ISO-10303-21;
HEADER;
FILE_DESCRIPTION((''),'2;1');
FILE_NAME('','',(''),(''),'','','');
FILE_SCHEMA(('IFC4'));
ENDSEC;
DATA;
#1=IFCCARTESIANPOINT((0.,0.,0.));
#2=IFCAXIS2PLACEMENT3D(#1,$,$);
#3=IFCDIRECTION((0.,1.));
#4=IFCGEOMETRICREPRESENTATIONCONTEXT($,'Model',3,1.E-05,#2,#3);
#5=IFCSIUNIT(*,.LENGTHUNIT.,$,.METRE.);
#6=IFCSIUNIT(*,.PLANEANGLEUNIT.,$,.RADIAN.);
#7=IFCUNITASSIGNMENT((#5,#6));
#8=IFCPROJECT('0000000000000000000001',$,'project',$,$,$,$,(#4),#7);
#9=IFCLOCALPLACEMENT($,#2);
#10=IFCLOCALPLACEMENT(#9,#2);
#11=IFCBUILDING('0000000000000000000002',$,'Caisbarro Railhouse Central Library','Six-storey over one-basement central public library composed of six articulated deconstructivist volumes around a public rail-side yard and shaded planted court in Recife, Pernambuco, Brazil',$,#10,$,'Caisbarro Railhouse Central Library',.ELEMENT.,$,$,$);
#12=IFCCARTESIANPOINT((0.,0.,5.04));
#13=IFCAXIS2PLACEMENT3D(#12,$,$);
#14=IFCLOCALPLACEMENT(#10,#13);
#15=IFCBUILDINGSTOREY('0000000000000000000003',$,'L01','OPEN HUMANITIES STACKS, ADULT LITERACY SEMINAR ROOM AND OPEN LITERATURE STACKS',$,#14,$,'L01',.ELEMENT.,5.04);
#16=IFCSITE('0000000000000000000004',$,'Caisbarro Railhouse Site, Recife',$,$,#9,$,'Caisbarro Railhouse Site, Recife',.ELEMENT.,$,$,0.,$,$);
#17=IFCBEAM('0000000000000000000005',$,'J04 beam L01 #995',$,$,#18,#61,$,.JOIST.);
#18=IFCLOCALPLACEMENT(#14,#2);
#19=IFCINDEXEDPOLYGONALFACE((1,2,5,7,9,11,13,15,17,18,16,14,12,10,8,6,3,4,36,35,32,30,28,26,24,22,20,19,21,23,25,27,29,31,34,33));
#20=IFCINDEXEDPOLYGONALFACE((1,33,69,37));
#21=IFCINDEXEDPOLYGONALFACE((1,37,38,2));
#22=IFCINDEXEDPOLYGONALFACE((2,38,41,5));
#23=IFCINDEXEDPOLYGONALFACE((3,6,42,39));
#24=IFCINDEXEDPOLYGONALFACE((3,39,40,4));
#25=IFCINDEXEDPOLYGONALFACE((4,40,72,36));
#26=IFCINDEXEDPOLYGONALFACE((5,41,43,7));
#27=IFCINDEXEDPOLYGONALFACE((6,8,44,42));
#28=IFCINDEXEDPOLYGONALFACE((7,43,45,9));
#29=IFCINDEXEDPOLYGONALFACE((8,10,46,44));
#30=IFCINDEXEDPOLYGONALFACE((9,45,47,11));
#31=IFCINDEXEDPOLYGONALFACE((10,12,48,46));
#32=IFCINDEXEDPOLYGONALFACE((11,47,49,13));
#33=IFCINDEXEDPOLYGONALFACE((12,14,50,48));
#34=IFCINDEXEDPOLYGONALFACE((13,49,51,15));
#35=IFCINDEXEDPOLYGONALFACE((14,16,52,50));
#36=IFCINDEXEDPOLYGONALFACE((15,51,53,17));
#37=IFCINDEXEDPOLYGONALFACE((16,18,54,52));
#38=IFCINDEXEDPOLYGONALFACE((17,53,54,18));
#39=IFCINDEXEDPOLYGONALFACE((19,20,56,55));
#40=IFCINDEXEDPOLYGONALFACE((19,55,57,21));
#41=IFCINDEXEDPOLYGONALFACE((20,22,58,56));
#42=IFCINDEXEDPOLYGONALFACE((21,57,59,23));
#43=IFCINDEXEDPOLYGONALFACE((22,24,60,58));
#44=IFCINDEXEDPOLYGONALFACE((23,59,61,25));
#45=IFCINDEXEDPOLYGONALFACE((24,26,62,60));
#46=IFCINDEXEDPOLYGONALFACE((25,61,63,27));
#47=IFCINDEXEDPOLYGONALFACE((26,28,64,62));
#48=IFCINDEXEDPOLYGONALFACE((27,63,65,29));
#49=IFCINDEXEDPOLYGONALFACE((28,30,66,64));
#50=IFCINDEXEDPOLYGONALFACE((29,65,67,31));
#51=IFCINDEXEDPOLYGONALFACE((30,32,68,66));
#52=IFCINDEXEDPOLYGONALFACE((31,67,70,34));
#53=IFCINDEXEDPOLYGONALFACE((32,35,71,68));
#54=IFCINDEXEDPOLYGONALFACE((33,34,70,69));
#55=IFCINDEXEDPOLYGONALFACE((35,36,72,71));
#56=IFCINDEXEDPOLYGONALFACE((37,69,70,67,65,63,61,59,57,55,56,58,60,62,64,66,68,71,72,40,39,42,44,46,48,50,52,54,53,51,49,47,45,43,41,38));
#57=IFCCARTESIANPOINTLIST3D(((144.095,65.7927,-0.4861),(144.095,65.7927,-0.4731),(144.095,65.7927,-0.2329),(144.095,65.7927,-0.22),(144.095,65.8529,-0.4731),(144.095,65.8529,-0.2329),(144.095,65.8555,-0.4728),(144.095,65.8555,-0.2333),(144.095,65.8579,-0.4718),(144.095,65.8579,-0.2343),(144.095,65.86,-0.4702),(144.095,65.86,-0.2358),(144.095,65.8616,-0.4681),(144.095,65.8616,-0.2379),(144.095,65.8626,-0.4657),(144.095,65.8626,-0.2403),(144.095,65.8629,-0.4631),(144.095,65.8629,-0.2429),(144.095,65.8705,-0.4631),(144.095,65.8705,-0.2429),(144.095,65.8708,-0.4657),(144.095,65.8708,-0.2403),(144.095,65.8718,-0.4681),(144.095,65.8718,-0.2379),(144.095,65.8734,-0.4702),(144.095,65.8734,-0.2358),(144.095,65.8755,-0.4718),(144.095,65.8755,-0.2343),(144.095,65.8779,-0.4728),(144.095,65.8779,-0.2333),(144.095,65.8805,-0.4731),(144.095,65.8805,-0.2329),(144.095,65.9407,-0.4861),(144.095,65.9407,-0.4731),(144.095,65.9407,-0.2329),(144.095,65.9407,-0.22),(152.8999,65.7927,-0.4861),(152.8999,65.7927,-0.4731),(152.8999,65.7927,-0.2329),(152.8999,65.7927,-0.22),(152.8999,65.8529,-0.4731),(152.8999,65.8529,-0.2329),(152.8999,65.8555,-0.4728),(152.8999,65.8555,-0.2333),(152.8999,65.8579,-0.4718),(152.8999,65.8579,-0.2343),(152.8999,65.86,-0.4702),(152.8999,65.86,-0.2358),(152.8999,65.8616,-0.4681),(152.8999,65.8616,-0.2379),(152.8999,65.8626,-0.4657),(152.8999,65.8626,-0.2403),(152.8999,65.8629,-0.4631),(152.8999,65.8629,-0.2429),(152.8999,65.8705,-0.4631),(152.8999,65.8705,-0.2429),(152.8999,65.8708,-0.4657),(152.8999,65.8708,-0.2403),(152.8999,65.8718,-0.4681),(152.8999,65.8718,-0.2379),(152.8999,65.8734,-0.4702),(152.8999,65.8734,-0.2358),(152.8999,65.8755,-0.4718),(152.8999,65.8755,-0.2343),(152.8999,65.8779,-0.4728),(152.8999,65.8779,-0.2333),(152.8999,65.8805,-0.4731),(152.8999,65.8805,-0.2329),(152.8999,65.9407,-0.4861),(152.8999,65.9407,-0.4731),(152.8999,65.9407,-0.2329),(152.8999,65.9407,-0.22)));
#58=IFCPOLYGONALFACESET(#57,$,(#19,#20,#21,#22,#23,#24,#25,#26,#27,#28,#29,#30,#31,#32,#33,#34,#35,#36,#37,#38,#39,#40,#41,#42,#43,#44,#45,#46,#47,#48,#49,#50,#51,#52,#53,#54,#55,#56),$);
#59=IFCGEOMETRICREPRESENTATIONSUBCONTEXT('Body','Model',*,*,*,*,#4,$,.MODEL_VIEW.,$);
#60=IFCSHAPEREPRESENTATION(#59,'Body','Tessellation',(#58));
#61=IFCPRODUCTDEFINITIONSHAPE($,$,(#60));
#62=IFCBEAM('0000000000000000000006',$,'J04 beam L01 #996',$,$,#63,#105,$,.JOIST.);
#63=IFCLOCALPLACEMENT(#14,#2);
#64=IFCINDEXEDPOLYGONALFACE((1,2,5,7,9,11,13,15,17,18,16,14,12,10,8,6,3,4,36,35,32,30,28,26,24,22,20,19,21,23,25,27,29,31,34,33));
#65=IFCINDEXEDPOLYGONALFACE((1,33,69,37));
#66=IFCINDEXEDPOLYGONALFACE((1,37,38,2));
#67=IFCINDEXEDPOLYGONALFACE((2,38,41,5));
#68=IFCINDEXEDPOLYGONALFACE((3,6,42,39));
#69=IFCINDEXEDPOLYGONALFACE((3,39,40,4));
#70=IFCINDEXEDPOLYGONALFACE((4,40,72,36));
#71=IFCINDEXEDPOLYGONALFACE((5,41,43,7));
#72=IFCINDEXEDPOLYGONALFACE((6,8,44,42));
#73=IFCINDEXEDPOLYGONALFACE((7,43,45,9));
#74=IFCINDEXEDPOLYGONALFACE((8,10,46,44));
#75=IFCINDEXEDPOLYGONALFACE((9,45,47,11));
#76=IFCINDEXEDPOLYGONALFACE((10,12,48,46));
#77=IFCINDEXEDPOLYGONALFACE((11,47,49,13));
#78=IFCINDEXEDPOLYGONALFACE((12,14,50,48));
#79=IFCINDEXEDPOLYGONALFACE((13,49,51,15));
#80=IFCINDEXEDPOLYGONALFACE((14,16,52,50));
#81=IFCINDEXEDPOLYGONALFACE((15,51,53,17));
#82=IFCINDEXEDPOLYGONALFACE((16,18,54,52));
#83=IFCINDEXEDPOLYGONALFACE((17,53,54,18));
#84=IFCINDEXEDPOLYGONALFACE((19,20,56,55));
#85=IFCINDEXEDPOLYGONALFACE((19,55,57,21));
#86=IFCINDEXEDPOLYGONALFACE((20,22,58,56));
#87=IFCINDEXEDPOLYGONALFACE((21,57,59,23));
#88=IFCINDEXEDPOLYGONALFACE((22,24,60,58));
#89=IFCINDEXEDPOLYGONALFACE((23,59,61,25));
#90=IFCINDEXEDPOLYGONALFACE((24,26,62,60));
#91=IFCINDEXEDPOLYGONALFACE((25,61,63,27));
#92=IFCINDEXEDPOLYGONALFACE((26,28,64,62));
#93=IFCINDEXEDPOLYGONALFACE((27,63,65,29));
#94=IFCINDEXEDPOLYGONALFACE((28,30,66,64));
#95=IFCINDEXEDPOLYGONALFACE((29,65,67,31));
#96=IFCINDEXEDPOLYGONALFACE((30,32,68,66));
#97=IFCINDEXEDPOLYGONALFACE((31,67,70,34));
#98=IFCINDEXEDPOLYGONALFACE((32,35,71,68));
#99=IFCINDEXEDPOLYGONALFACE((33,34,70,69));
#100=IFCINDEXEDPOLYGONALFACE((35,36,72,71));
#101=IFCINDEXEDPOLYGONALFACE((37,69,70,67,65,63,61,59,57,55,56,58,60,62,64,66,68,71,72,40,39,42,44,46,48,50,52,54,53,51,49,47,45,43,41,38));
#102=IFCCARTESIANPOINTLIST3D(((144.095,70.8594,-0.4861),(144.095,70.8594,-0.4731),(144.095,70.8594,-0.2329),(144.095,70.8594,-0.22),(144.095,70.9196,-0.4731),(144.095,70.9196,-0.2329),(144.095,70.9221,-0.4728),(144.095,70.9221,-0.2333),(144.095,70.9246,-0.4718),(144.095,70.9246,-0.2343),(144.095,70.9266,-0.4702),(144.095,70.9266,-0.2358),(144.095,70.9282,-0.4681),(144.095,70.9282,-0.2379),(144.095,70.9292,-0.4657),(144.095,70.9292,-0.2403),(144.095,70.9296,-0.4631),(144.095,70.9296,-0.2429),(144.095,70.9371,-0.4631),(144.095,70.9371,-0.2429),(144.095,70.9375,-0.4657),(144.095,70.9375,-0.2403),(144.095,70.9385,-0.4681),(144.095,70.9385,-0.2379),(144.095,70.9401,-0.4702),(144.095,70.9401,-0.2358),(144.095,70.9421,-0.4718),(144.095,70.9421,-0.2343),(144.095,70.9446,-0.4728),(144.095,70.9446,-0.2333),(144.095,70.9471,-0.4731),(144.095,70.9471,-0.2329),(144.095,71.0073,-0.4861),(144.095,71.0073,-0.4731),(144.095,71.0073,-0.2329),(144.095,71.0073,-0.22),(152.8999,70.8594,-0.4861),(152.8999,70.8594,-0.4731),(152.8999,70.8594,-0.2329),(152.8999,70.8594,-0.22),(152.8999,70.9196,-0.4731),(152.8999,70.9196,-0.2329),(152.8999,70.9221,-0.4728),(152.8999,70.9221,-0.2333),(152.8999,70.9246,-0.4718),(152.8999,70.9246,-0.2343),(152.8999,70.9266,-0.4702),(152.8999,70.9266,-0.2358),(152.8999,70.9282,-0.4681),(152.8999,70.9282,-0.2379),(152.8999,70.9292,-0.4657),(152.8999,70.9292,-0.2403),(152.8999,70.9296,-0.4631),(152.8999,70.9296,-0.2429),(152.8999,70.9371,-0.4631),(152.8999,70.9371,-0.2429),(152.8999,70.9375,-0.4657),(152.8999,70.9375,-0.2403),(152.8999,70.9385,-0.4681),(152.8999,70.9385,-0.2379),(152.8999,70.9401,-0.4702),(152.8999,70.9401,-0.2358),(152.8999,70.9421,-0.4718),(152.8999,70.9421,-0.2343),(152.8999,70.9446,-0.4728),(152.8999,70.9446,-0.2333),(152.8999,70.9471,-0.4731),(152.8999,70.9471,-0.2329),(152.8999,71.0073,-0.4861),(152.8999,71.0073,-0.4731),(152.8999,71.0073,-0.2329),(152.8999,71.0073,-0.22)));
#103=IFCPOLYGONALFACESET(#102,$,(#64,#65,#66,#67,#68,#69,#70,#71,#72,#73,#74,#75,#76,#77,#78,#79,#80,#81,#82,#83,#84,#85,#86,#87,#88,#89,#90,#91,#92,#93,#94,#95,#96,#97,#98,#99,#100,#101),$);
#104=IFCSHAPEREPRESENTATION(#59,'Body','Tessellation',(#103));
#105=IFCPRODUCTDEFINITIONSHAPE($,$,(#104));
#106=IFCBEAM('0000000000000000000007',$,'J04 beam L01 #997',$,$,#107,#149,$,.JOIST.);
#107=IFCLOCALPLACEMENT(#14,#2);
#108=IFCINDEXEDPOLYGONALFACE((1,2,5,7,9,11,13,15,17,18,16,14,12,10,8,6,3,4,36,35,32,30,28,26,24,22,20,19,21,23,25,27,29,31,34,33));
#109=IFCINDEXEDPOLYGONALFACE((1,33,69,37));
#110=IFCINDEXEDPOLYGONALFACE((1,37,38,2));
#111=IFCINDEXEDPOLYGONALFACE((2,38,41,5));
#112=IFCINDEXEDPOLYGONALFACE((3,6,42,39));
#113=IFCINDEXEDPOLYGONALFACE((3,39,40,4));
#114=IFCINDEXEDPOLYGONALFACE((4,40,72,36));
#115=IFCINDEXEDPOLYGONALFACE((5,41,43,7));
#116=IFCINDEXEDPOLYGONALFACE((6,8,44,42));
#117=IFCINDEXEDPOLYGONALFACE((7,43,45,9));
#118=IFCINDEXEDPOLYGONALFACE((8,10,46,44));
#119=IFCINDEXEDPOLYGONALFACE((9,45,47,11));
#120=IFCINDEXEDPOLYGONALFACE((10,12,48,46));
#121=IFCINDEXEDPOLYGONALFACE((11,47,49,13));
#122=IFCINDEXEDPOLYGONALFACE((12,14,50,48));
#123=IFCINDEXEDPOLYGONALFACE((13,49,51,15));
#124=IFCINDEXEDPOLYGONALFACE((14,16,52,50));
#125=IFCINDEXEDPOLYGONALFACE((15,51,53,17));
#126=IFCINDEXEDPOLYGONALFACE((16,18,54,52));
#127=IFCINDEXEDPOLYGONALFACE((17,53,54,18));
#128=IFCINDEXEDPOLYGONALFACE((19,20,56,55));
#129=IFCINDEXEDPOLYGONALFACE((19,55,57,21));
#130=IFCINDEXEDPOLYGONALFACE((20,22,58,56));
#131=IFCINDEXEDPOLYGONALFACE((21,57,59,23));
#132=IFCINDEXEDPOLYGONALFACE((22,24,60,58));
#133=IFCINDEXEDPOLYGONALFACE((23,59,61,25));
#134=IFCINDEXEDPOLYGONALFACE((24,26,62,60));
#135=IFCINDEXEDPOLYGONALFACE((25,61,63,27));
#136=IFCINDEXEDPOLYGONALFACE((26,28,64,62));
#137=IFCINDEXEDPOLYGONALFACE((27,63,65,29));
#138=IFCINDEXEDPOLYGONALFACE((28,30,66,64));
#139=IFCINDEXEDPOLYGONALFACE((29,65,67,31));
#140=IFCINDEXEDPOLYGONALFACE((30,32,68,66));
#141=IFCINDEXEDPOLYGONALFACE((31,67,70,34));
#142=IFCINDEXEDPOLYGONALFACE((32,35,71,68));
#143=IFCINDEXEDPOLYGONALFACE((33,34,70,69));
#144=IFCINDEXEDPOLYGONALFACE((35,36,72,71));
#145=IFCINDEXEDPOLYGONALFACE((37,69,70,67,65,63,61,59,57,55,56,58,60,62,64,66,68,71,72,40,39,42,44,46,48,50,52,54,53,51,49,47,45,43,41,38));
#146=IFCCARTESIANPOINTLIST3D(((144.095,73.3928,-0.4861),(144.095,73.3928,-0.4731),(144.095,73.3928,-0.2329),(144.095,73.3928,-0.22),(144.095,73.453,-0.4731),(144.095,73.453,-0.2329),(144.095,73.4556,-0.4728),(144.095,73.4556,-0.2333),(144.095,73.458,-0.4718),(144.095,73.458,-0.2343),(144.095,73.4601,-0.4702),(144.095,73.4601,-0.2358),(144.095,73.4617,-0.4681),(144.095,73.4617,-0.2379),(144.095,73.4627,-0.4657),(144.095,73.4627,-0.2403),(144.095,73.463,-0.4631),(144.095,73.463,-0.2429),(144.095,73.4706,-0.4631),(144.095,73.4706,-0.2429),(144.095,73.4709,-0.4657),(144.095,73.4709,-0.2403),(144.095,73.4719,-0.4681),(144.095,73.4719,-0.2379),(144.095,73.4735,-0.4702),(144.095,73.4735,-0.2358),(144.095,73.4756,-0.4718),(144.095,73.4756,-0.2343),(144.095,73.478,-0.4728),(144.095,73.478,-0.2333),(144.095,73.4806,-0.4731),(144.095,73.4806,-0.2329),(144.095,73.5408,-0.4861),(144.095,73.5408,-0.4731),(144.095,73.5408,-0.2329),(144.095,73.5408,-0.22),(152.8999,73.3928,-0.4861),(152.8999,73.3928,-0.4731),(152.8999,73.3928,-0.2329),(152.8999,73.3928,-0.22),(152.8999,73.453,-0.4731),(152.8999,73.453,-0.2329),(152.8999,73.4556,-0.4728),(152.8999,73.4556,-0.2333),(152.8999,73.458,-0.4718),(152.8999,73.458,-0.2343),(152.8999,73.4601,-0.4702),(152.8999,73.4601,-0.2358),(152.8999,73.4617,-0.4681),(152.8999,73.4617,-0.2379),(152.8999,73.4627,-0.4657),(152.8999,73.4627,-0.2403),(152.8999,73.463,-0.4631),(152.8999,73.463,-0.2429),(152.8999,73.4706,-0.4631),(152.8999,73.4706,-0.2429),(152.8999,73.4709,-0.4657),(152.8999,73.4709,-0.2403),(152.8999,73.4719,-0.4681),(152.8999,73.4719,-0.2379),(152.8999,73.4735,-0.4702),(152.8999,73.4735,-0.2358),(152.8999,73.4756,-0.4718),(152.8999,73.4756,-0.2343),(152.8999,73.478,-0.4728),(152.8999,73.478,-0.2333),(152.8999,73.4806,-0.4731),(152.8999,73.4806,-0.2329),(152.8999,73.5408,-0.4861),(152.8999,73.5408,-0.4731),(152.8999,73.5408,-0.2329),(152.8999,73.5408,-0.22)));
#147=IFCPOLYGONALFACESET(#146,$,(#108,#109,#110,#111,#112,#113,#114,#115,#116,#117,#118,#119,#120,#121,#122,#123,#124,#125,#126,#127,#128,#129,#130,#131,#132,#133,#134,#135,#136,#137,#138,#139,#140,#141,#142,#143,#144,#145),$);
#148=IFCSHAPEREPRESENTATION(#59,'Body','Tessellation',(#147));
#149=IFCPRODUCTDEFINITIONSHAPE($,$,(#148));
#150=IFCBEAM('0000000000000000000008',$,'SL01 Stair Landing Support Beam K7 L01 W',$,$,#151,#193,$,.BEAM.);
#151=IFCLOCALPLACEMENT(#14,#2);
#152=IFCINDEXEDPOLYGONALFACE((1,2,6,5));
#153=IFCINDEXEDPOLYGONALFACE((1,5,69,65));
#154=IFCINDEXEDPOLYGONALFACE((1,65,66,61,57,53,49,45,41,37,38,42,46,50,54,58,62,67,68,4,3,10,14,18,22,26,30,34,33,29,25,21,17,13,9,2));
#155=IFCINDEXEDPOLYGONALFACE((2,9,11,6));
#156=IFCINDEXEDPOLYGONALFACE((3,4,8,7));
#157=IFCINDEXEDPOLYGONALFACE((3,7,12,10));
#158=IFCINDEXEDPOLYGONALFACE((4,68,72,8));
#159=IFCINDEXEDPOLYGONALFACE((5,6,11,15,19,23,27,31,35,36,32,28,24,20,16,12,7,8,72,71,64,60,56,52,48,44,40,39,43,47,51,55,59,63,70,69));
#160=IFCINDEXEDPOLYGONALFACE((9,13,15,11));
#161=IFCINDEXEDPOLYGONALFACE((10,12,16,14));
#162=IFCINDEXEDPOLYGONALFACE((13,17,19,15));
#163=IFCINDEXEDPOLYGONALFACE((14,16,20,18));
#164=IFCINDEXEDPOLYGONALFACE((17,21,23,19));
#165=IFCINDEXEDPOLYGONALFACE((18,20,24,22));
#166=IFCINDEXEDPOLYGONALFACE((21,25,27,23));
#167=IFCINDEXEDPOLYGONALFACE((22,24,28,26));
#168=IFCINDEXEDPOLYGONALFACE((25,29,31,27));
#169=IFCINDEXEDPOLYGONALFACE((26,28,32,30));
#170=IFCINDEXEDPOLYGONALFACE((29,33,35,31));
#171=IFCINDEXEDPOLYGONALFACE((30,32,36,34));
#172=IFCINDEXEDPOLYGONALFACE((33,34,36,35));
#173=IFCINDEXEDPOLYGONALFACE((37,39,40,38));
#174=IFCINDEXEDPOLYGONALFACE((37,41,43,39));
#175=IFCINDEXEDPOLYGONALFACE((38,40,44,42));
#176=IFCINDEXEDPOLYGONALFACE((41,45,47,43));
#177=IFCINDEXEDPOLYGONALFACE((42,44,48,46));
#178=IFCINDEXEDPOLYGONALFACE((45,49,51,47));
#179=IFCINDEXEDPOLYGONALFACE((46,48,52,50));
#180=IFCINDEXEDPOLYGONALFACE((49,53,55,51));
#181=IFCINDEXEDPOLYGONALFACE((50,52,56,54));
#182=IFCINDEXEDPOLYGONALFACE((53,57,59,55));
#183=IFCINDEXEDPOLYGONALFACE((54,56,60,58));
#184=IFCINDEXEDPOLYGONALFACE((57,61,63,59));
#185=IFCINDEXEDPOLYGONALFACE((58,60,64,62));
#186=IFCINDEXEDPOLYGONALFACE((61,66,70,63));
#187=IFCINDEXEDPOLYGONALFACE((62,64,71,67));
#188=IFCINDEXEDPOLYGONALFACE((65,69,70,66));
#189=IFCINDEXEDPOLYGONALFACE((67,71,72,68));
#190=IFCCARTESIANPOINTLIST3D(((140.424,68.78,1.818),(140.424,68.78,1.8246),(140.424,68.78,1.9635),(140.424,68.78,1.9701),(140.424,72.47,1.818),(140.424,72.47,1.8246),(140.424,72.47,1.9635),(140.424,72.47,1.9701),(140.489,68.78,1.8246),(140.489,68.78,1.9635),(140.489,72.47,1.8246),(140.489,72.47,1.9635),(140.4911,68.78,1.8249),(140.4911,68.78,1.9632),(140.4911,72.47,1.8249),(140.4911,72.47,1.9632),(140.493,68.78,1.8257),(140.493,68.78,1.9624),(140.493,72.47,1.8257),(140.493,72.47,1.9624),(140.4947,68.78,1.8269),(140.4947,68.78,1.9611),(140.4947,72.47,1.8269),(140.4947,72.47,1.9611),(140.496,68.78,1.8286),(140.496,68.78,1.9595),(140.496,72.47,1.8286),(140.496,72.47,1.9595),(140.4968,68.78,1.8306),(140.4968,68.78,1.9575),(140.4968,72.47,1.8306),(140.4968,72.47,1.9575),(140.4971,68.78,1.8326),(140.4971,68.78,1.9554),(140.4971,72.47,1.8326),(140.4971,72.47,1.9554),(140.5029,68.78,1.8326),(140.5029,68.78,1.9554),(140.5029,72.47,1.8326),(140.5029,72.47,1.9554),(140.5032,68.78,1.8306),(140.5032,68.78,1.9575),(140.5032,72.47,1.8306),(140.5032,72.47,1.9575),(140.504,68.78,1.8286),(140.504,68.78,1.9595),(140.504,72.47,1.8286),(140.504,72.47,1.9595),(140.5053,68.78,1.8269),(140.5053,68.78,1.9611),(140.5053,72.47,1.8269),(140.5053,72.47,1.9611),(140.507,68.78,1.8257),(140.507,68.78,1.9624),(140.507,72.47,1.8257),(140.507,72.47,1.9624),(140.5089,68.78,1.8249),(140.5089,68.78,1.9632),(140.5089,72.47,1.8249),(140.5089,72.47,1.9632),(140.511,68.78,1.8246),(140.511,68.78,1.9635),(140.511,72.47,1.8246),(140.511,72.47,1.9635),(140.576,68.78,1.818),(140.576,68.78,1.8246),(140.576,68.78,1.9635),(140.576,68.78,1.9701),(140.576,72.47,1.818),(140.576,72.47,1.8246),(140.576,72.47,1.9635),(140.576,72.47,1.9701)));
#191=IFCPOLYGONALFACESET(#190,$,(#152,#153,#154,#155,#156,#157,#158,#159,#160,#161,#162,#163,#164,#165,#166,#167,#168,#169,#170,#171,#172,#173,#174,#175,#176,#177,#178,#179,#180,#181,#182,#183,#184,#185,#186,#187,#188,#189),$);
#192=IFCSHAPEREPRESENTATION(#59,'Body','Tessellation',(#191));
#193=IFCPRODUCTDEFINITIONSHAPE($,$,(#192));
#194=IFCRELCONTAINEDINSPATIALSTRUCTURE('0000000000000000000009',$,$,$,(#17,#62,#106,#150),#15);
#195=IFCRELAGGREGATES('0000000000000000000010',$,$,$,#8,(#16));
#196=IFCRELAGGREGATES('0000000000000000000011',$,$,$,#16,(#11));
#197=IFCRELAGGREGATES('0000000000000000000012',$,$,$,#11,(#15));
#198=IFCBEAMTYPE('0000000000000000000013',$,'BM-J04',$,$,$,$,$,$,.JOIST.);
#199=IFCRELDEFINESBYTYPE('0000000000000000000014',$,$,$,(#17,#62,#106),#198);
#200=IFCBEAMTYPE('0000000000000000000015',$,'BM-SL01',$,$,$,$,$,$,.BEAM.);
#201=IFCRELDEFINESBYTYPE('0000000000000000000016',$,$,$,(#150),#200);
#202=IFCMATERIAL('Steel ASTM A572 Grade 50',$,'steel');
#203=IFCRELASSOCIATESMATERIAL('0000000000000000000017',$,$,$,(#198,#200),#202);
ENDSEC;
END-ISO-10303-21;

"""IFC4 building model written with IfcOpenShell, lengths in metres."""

from ifc_helpers import new_model, si_unit, direction, frame, origin, origin_2d, place, context, subcontext, project, spatial, i_section, extrude, material, material_profile, profile_set, type_object, element, save


model = new_model("IFC4")

# Units and contexts
model_context = context("Model", 3, precision=1e-05, world=origin(), true_north=direction((0.0, 1.0)))
body_context = subcontext(model_context, "Body", "Model", "MODEL_VIEW")
ifc_project = project(units=[si_unit("LENGTHUNIT", "METRE"), si_unit("PLANEANGLEUNIT", "RADIAN")], contexts=[model_context])

# Site, building, storey
site_placement = place(None, origin())
site = spatial("IfcSite", under=ifc_project, at=site_placement, Name="Caisbarro Railhouse Site, Recife", LongName="Caisbarro Railhouse Site, Recife", CompositionType="ELEMENT", RefElevation=0.0)
building_placement = place(site_placement, origin())
building = spatial("IfcBuilding", under=site, at=building_placement, Name="Caisbarro Railhouse Central Library", Description="Six-storey over one-basement central public library composed of six articulated deconstructivist volumes around a public rail-side yard and shaded planted court in Recife, Pernambuco, Brazil", LongName="Caisbarro Railhouse Central Library", CompositionType="ELEMENT")
storey_placement = place(building_placement, frame((0.0, 0.0, 5.04)))
storey = spatial("IfcBuildingStorey", under=building, at=storey_placement, Name="L01", Description="OPEN HUMANITIES STACKS, ADULT LITERACY SEMINAR ROOM AND OPEN LITERATURE STACKS", LongName="L01", CompositionType="ELEMENT", Elevation=5.04)

# Shared definitions
ifc_material_1 = material(Name="Steel ASTM A572 Grade 50", Category="steel")

# Beams
ifc_material_profile_1 = material_profile(ifc_material_1, i_section(OverallWidth=0.1479, OverallDepth=0.2661, WebThickness=0.0076, FlangeThickness=0.0129, FilletRadius=0.01, at=origin_2d()), Name="W250X44.8")
ifc_profile_set_1 = profile_set([ifc_material_profile_1], Name="Steel ASTM A572 Grade 50")
beam_type_1 = type_object("IfcBeamType", Name="BM-J04", PredefinedType="JOIST", material=ifc_profile_set_1)
for number, where, z_axis, x_axis, name in (
    (1, (144.095, 65.8667, -0.353), (1.0, 0.0, 0.0), (0.0, 1.0, 0.0), "J04 beam L01 #995"),
    (2, (144.095, 70.9333, -0.353), (1.0, 0.0, 0.0), (0.0, 1.0, 0.0), "J04 beam L01 #996"),
    (3, (144.095, 73.4668, -0.353), (1.0, 0.0, 0.0), (0.0, 1.0, 0.0), "J04 beam L01 #997"),
):
    element("IfcBeam", number, at=place(storey_placement, frame(where, z_axis=z_axis, x_axis=x_axis)), inside=storey, type_object=beam_type_1, Name=name, PredefinedType="JOIST", context=body_context, shape_type="SweptSolid", body=[
        extrude(i_section(OverallWidth=0.1479, OverallDepth=0.2661, WebThickness=0.0076, FlangeThickness=0.0129, FilletRadius=0.01, at=origin_2d()), origin(), (0.0, 0.0, 1.0), 8.8049),
    ])
ifc_material_profile_2 = material_profile(ifc_material_1, i_section(OverallWidth=0.1521, OverallDepth=0.1521, WebThickness=0.0059, FlangeThickness=0.0066, FilletRadius=0.0081, at=origin_2d()), Name="W150X22.5")
ifc_profile_set_2 = profile_set([ifc_material_profile_2], Name="Steel ASTM A572 Grade 50")
beam_type_2 = type_object("IfcBeamType", Name="BM-SL01", PredefinedType="BEAM", material=ifc_profile_set_2)
for number, where, z_axis, x_axis, name in (
    (4, (140.5, 68.78, 1.894), (0.0, 1.0, 0.0), (-1.0, 0.0, 0.0), "SL01 Stair Landing Support Beam K7 L01 W"),
):
    element("IfcBeam", number, at=place(storey_placement, frame(where, z_axis=z_axis, x_axis=x_axis)), inside=storey, type_object=beam_type_2, Name=name, PredefinedType="BEAM", context=body_context, shape_type="SweptSolid", body=[
        extrude(i_section(OverallWidth=0.1521, OverallDepth=0.1521, WebThickness=0.0059, FlangeThickness=0.0066, FilletRadius=0.0081, at=origin_2d()), origin(), (0.0, 0.0, 1.0), 3.6899),
    ])

save(model, "model.ifc")
